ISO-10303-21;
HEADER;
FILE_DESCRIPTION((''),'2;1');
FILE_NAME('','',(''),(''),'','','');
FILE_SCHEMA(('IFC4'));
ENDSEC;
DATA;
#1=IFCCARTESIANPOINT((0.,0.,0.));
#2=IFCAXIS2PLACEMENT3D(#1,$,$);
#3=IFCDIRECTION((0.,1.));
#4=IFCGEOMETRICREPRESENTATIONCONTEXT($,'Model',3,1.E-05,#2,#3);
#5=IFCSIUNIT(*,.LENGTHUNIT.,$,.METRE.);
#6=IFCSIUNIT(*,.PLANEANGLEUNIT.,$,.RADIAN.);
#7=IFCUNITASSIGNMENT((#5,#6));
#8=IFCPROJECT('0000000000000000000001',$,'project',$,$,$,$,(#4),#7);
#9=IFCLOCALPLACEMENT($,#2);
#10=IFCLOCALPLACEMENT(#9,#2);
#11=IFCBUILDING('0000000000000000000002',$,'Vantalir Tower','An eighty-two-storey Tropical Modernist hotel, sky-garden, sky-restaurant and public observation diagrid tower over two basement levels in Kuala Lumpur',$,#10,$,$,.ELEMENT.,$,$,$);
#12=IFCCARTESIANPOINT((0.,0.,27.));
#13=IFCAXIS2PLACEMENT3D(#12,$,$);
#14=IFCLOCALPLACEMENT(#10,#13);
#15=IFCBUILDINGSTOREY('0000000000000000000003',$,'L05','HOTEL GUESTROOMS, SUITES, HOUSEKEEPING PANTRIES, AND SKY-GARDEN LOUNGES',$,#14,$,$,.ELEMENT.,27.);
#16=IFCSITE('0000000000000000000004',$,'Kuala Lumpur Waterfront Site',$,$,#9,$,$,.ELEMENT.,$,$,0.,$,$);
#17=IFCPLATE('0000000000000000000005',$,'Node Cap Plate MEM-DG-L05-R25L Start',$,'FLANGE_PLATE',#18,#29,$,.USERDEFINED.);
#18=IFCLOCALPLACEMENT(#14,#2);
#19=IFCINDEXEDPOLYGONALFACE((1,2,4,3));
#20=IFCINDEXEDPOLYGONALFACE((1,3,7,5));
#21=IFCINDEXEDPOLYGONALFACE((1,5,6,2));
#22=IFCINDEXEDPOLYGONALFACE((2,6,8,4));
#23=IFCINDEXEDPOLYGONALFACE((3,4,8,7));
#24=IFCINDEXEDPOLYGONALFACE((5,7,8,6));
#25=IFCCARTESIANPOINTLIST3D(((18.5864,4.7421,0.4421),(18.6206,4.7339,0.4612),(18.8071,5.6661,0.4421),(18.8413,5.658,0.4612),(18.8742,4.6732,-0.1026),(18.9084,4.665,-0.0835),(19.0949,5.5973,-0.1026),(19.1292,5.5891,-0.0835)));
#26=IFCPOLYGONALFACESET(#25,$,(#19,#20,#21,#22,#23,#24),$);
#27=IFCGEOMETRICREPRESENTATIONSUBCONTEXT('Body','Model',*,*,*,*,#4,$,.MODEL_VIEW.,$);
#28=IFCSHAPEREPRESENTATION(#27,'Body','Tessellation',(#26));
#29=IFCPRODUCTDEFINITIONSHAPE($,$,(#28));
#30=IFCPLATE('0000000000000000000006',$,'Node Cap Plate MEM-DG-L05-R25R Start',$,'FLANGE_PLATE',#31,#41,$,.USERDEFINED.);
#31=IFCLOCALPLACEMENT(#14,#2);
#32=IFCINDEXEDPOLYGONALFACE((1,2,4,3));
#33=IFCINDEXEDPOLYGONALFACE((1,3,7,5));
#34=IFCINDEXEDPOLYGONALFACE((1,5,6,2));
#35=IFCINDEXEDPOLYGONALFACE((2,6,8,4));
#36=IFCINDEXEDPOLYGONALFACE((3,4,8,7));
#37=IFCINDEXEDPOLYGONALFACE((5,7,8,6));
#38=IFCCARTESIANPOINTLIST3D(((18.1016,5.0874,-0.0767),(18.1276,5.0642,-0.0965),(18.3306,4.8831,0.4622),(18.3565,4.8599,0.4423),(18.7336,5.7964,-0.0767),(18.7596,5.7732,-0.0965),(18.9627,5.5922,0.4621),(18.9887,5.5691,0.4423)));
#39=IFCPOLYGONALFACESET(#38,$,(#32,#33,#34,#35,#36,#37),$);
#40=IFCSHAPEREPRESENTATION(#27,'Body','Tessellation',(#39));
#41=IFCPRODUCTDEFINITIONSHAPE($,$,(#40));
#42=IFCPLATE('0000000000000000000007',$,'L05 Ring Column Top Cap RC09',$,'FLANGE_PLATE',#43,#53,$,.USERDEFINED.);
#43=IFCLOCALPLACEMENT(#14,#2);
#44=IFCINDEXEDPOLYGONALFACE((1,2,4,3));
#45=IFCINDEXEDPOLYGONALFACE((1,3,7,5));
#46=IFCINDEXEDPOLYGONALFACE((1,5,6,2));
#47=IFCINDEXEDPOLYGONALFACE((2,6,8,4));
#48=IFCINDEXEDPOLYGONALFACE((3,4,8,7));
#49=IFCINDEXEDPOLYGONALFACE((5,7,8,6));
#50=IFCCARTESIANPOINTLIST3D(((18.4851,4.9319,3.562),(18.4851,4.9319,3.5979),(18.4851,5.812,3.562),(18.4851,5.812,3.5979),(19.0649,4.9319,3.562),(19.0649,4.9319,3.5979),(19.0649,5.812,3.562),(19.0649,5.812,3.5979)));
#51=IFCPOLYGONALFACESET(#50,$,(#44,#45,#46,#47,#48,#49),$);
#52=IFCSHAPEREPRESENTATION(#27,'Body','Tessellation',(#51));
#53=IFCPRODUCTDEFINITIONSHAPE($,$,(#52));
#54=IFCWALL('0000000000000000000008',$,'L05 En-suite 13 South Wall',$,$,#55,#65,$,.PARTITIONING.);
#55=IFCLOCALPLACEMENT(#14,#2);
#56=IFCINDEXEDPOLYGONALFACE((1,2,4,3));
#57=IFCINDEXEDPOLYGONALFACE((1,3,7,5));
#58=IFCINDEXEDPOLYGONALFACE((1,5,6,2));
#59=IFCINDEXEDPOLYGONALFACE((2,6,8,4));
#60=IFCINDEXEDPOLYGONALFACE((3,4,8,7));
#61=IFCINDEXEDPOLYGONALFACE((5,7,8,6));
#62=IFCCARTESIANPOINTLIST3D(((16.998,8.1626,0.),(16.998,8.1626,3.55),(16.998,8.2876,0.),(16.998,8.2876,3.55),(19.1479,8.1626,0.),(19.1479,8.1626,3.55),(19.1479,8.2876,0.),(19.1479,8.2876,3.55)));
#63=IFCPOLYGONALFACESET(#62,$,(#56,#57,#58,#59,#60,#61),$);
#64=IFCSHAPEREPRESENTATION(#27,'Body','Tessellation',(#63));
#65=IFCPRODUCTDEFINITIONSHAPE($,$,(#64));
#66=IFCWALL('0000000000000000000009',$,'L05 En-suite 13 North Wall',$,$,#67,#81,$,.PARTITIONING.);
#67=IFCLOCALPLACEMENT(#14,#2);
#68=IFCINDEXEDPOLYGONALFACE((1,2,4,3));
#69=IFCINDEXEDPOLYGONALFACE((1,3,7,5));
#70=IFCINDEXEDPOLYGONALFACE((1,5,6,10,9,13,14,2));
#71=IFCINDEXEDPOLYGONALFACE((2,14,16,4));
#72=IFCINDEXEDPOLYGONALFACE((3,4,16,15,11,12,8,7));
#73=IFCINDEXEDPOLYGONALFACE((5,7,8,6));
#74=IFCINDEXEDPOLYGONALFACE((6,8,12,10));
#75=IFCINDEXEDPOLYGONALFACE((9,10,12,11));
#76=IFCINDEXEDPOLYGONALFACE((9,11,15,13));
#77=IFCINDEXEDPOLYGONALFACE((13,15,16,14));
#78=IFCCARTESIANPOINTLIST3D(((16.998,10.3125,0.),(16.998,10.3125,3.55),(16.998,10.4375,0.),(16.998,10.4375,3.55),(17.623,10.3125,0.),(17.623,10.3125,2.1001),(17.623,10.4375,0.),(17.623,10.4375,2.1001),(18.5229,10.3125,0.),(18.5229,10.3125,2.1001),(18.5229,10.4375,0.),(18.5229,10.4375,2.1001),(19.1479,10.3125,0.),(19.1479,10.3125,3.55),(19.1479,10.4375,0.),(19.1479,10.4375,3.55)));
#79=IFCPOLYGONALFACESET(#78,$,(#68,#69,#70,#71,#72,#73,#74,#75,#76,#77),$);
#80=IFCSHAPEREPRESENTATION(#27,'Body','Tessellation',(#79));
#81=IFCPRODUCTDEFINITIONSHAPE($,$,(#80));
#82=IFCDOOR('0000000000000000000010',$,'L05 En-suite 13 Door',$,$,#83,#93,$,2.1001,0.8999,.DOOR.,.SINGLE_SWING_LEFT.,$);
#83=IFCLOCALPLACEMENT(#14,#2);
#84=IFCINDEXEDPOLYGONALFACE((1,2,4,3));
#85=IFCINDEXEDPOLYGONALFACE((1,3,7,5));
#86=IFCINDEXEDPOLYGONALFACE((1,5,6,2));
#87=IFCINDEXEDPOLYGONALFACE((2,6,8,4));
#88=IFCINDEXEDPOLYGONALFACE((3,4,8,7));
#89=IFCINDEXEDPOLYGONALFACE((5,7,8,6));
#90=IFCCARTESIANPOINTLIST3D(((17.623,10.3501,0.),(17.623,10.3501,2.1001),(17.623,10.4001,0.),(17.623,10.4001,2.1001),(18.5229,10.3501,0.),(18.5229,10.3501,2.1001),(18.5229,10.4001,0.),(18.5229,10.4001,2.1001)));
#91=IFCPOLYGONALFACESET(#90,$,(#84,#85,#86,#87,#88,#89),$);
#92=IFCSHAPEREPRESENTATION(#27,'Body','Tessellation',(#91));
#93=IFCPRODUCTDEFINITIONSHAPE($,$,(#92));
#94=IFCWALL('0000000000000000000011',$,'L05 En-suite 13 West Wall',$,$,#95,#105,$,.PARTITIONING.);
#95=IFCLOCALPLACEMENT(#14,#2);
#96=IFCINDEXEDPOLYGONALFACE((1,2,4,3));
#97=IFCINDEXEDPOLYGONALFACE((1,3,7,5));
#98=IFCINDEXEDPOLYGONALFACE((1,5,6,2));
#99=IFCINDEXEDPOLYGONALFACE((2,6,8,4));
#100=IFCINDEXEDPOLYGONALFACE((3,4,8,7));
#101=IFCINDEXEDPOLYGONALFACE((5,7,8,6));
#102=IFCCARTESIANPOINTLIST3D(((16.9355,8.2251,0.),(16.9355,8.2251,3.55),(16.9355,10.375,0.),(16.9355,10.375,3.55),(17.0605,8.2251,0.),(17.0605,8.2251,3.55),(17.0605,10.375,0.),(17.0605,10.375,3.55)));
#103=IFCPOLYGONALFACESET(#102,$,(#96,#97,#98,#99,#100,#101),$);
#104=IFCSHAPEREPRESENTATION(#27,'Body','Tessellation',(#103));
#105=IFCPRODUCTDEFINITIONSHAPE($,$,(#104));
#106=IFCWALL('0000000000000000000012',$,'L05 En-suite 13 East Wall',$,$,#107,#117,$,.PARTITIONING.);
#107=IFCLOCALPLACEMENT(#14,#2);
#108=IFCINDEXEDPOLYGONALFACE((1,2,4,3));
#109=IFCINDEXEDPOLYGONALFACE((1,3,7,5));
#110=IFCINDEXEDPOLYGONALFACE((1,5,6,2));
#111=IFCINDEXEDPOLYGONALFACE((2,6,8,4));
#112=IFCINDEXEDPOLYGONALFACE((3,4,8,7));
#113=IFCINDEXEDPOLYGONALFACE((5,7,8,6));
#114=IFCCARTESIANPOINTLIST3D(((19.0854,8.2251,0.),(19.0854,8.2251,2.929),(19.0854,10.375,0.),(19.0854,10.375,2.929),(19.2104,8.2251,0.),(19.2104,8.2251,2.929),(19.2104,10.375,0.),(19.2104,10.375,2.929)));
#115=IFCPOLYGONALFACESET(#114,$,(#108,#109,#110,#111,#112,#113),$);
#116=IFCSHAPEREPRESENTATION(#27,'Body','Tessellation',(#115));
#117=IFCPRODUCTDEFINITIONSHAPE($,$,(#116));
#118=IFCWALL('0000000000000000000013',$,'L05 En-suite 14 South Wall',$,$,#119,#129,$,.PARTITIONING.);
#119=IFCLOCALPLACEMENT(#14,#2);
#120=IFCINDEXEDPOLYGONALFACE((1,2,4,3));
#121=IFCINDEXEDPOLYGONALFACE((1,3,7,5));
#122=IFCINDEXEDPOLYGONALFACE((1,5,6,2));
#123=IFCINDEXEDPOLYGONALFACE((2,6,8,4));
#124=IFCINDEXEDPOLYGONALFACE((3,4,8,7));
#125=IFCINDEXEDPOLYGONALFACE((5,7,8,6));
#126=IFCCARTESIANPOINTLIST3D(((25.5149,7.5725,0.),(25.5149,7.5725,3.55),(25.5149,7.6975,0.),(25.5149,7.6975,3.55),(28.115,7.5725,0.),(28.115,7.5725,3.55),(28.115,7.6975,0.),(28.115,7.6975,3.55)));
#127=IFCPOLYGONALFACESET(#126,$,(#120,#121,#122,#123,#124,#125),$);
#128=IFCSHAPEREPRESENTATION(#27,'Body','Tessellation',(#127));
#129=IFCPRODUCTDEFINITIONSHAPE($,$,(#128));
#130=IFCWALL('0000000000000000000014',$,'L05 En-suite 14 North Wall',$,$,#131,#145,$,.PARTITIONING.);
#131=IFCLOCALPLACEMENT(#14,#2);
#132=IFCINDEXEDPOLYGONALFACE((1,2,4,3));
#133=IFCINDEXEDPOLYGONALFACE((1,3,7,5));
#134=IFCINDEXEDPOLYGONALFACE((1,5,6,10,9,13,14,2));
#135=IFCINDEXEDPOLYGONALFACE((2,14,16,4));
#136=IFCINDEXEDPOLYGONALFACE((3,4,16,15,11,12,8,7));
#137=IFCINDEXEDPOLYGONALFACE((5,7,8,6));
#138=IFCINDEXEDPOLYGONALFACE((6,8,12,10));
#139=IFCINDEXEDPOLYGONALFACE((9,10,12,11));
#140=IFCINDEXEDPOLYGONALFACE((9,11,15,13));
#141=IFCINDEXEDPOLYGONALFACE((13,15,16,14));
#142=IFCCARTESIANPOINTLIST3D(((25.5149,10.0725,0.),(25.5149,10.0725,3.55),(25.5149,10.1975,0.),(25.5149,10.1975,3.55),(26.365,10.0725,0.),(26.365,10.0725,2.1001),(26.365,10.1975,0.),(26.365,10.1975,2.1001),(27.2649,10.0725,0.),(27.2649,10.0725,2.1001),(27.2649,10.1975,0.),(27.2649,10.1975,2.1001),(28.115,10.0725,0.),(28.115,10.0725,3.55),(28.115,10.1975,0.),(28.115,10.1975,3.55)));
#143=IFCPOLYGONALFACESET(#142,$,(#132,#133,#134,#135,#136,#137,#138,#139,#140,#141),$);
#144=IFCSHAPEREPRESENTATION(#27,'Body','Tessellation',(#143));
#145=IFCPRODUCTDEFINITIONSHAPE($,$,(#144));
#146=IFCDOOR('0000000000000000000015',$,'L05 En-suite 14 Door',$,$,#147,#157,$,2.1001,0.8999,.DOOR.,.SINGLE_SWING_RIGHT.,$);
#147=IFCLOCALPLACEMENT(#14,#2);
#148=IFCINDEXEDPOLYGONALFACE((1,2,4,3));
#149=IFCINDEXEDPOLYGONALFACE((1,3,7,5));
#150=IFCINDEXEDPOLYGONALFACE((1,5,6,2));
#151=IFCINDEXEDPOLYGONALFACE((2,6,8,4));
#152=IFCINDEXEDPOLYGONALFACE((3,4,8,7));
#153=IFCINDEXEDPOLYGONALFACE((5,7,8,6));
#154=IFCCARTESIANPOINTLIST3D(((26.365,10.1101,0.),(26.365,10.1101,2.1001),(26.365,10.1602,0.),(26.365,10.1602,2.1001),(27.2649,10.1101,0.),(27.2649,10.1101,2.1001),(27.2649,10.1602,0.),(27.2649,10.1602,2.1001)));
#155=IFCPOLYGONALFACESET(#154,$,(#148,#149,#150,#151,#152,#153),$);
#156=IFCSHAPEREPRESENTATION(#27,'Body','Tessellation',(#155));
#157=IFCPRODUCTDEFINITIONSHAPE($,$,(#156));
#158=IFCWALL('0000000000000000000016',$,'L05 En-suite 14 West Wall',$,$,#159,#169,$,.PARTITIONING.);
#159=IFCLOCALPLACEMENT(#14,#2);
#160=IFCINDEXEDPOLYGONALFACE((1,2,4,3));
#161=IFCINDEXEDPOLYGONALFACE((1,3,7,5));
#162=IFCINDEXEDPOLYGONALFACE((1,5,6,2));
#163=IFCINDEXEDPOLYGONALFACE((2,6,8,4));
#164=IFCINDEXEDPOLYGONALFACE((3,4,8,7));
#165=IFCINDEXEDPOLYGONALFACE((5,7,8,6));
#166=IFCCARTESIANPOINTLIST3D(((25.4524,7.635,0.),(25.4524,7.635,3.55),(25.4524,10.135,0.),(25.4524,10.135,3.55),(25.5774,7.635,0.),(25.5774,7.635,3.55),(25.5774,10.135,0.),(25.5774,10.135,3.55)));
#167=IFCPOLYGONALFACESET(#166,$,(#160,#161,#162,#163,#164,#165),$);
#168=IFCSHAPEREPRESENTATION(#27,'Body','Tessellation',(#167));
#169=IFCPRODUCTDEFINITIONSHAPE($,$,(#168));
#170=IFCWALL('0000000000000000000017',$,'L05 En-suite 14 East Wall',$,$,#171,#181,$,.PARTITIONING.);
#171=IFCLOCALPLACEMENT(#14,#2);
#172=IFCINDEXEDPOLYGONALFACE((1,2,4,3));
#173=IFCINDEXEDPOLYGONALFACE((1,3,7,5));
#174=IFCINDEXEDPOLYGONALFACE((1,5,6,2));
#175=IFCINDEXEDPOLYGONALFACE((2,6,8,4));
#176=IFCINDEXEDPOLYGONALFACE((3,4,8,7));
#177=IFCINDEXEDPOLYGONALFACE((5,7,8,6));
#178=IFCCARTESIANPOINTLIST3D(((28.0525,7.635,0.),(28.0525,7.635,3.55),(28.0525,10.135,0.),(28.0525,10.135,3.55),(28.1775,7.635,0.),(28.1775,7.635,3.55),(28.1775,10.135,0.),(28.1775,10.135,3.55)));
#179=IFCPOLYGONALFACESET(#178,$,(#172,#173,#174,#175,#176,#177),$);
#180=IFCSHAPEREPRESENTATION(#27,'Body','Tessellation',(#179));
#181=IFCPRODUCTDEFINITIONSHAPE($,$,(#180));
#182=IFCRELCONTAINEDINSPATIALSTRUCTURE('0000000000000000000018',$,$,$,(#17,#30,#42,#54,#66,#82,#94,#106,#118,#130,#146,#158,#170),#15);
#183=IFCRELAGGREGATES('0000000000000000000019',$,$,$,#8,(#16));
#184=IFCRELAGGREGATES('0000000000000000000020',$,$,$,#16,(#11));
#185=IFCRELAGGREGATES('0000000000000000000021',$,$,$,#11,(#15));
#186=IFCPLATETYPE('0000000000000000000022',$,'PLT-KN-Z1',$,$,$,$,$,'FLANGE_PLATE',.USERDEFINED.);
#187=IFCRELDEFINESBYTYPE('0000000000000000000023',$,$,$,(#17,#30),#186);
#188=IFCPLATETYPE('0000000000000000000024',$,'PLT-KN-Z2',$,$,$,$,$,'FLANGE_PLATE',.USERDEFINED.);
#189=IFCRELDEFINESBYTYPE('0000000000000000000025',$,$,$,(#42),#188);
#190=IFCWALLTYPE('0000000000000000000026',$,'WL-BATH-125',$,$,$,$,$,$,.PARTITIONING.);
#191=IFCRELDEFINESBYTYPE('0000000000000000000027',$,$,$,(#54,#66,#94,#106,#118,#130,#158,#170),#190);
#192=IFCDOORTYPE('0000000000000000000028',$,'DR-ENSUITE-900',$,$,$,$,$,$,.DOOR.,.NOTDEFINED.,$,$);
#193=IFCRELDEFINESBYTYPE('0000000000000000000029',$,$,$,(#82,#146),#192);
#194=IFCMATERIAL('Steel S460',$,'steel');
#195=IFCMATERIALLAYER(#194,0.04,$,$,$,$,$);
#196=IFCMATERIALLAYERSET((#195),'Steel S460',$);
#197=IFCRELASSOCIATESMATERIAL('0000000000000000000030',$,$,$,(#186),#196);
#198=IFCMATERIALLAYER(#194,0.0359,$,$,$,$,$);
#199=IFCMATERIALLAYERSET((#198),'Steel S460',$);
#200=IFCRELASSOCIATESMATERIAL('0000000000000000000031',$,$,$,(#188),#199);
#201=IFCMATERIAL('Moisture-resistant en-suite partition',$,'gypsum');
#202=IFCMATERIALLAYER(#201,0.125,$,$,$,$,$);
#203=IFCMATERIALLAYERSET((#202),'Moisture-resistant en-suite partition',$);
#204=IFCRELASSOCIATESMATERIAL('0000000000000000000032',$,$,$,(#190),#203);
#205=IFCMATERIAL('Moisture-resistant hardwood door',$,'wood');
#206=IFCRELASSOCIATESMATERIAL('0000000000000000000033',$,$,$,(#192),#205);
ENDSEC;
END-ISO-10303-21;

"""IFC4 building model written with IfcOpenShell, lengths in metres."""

from ifc_helpers import new_model, si_unit, direction, frame, frame_2d, origin, place, context, subcontext, project, spatial, polyline, rectangle, outline, extrude, material, layer, layer_set, type_object, element, fill, save


model = new_model("IFC4")

# Units and contexts
model_context = context("Model", 3, precision=1e-05, world=origin(), true_north=direction((0.0, 1.0)))
body_context = subcontext(model_context, "Body", "Model", "MODEL_VIEW")
ifc_project = project(units=[si_unit("LENGTHUNIT", "METRE"), si_unit("PLANEANGLEUNIT", "RADIAN")], contexts=[model_context])

# Site, building, storey
site_placement = place(None, origin())
site = spatial("IfcSite", under=ifc_project, at=site_placement, Name="Kuala Lumpur Waterfront Site", CompositionType="ELEMENT", RefElevation=0.0)
building_placement = place(site_placement, origin())
building = spatial("IfcBuilding", under=site, at=building_placement, Name="Vantalir Tower", Description="An eighty-two-storey Tropical Modernist hotel, sky-garden, sky-restaurant and public observation diagrid tower over two basement levels in Kuala Lumpur", CompositionType="ELEMENT")
storey_placement = place(building_placement, frame((0.0, 0.0, 27.0)))
storey = spatial("IfcBuildingStorey", under=building, at=storey_placement, Name="L05", Description="HOTEL GUESTROOMS, SUITES, HOUSEKEEPING PANTRIES, AND SKY-GARDEN LOUNGES", CompositionType="ELEMENT", Elevation=27.0)

# Shared definitions
ifc_material_1 = material(Name="Steel S460", Category="steel")

# Plates
ifc_layer_1 = layer(ifc_material_1, 0.04)
ifc_layer_set_1 = layer_set([ifc_layer_1], Name="Steel S460")
plate_type_1 = type_object("IfcPlateType", Name="PLT-KN-Z1", ElementType="FLANGE_PLATE", PredefinedType="USERDEFINED", material=ifc_layer_set_1)
plate_1_placement = place(storey_placement, frame((18.9084, 4.665, -0.0835), z_axis=(0.854627, -0.204117, 0.477439), x_axis=(0.232304, 0.972643, 0.0)))
element("IfcPlate", 1, at=plate_1_placement, inside=storey, type_object=plate_type_1, Name="Node Cap Plate MEM-DG-L05-R25L Start", ObjectType="FLANGE_PLATE", PredefinedType="USERDEFINED", context=body_context, shape_type="SweptSolid", body=[
    extrude(outline(polyline([(0.0, 0.0), (0.9501, 0.0), (0.9502, 0.6199), (0.0001, 0.6199), (0.0, 0.0)])), origin(), (0.0, 0.0, -1.0), 0.04),
])
plate_2_placement = place(storey_placement, frame((18.7336, 5.7964, -0.0767), z_axis=(-0.64868, 0.578217, 0.494853), x_axis=(-0.665416, -0.746473, -0.000037)))
element("IfcPlate", 2, at=plate_2_placement, inside=storey, type_object=plate_type_1, Name="Node Cap Plate MEM-DG-L05-R25R Start", ObjectType="FLANGE_PLATE", PredefinedType="USERDEFINED", context=body_context, shape_type="SweptSolid", body=[
    extrude(outline(polyline([(0.0, 0.0), (0.9498, 0.0), (0.95, 0.6201), (0.0, 0.62), (0.0, 0.0)])), origin(), (0.0, 0.0, -1.0), 0.04),
])
ifc_layer_2 = layer(ifc_material_1, 0.0359)
ifc_layer_set_2 = layer_set([ifc_layer_2], Name="Steel S460")
plate_type_2 = type_object("IfcPlateType", Name="PLT-KN-Z2", ElementType="FLANGE_PLATE", PredefinedType="USERDEFINED", material=ifc_layer_set_2)
plate_3_placement = place(storey_placement, frame((18.4851, 5.812, 3.5979), z_axis=(0.0, 0.0, 1.0), x_axis=(0.0, -1.0, 0.0)))
element("IfcPlate", 3, at=plate_3_placement, inside=storey, type_object=plate_type_2, Name="L05 Ring Column Top Cap RC09", ObjectType="FLANGE_PLATE", PredefinedType="USERDEFINED", context=body_context, shape_type="SweptSolid", body=[
    extrude(outline(polyline([(0.0, 0.0), (0.8801, 0.0), (0.8801, 0.5798), (0.0, 0.5798), (0.0, 0.0)])), origin(), (0.0, 0.0, -1.0), 0.0359),
])

# Wall
ifc_material_2 = material(Name="Moisture-resistant en-suite partition", Category="gypsum")
ifc_layer_3 = layer(ifc_material_2, 0.125)
ifc_layer_set_3 = layer_set([ifc_layer_3], Name="Moisture-resistant en-suite partition")
wall_type_1 = type_object("IfcWallType", Name="WL-BATH-125", PredefinedType="PARTITIONING", material=ifc_layer_set_3)
wall_1_placement = place(storey_placement, frame((16.998, 8.2251, 0.0), z_axis=(0.0, 0.0, 1.0), x_axis=(1.0, 0.0, 0.0)))
element("IfcWall", 4, at=wall_1_placement, inside=storey, type_object=wall_type_1, Name="L05 En-suite 13 South Wall", PredefinedType="PARTITIONING", context=body_context, shape_type="SweptSolid", body=[
    extrude(rectangle(XDim=2.1499, YDim=0.125, at=frame_2d((1.075, 0.0))), origin(), (0.0, 0.0, 1.0), 3.55),
])

# Wall, opening, door
wall_2_placement = place(storey_placement, frame((16.998, 10.375, 0.0), z_axis=(0.0, 0.0, 1.0), x_axis=(1.0, 0.0, 0.0)))
wall_2 = element("IfcWall", 5, at=wall_2_placement, inside=storey, type_object=wall_type_1, Name="L05 En-suite 13 North Wall", PredefinedType="PARTITIONING", context=body_context, shape_type="SweptSolid", body=[
    extrude(rectangle(XDim=2.1499, YDim=0.125, at=frame_2d((1.075, 0.0))), origin(), (0.0, 0.0, 1.0), 3.55),
])
opening_1_placement = place(wall_2_placement, frame((0.625, 0.0, 0.0)))
opening_1 = element("IfcOpeningElement", 6, at=opening_1_placement, cuts=wall_2, PredefinedType="OPENING", context=body_context, shape_type="SweptSolid", body=[
    extrude(rectangle(XDim=0.8999, YDim=2.1001, at=frame_2d((0.45, 1.05))), frame((0.0, 0.0725, 0.0), z_axis=(0.0, -1.0, 0.0), x_axis=(1.0, 0.0, 0.0)), (0.0, 0.0, 1.0), 0.145),
])
ifc_material_3 = material(Name="Moisture-resistant hardwood door", Category="wood")
door_type_1 = type_object("IfcDoorType", Name="DR-ENSUITE-900", OperationType="NOTDEFINED", PredefinedType="DOOR", material=ifc_material_3)
door_1_placement = place(opening_1_placement, frame((0.8999, 0.0, 0.0), z_axis=(0.0, 0.0, 1.0), x_axis=(-1.0, 0.0, 0.0)))
door_1 = element("IfcDoor", 7, at=door_1_placement, inside=storey, type_object=door_type_1, Name="L05 En-suite 13 Door", OperationType="SINGLE_SWING_LEFT", OverallHeight=2.1001, OverallWidth=0.8999, PredefinedType="DOOR", context=body_context, shape_type="SweptSolid", body=[
    extrude(rectangle(XDim=0.8999, YDim=2.1001, at=frame_2d((0.45, 1.05))), frame((0.0, 0.0249, 0.0), z_axis=(0.0, -1.0, 0.0), x_axis=(1.0, 0.0, 0.0)), (0.0, 0.0, 1.0), 0.05),
])
fill(opening_1, door_1)

# Walls
wall_3_placement = place(storey_placement, frame((16.998, 8.2251, 0.0), z_axis=(0.0, 0.0, 1.0), x_axis=(0.0, 1.0, 0.0)))
element("IfcWall", 8, at=wall_3_placement, inside=storey, type_object=wall_type_1, Name="L05 En-suite 13 West Wall", PredefinedType="PARTITIONING", context=body_context, shape_type="SweptSolid", body=[
    extrude(rectangle(XDim=2.1499, YDim=0.125, at=frame_2d((1.075, 0.0))), origin(), (0.0, 0.0, 1.0), 3.55),
])
wall_4_placement = place(storey_placement, frame((19.1479, 8.2251, 0.0), z_axis=(0.0, 0.0, 1.0), x_axis=(0.0, 1.0, 0.0)))
element("IfcWall", 9, at=wall_4_placement, inside=storey, type_object=wall_type_1, Name="L05 En-suite 13 East Wall", PredefinedType="PARTITIONING", context=body_context, shape_type="SweptSolid", body=[
    extrude(rectangle(XDim=2.1499, YDim=0.125, at=frame_2d((1.075, 0.0))), origin(), (0.0, 0.0, 1.0), 2.929),
])
wall_5_placement = place(storey_placement, frame((25.5149, 7.635, 0.0), z_axis=(0.0, 0.0, 1.0), x_axis=(1.0, 0.0, 0.0)))
element("IfcWall", 10, at=wall_5_placement, inside=storey, type_object=wall_type_1, Name="L05 En-suite 14 South Wall", PredefinedType="PARTITIONING", context=body_context, shape_type="SweptSolid", body=[
    extrude(rectangle(XDim=2.6001, YDim=0.125, at=frame_2d((1.3, 0.0))), origin(), (0.0, 0.0, 1.0), 3.55),
])

# Wall, opening, door
wall_6_placement = place(storey_placement, frame((25.5149, 10.135, 0.0), z_axis=(0.0, 0.0, 1.0), x_axis=(1.0, 0.0, 0.0)))
wall_6 = element("IfcWall", 11, at=wall_6_placement, inside=storey, type_object=wall_type_1, Name="L05 En-suite 14 North Wall", PredefinedType="PARTITIONING", context=body_context, shape_type="SweptSolid", body=[
    extrude(rectangle(XDim=2.6001, YDim=0.125, at=frame_2d((1.3, 0.0))), origin(), (0.0, 0.0, 1.0), 3.55),
])
opening_2_placement = place(wall_6_placement, frame((0.8501, 0.0, 0.0)))
opening_2 = element("IfcOpeningElement", 12, at=opening_2_placement, cuts=wall_6, PredefinedType="OPENING", context=body_context, shape_type="SweptSolid", body=[
    extrude(rectangle(XDim=0.8999, YDim=2.1001, at=frame_2d((0.45, 1.05))), frame((0.0, 0.0725, 0.0), z_axis=(0.0, -1.0, 0.0), x_axis=(1.0, 0.0, 0.0)), (0.0, 0.0, 1.0), 0.145),
])
door_2_placement = place(opening_2_placement, frame((0.8999, 0.0, 0.0), z_axis=(0.0, 0.0, 1.0), x_axis=(-1.0, 0.0, 0.0)))
door_2 = element("IfcDoor", 13, at=door_2_placement, inside=storey, type_object=door_type_1, Name="L05 En-suite 14 Door", OperationType="SINGLE_SWING_RIGHT", OverallHeight=2.1001, OverallWidth=0.8999, PredefinedType="DOOR", context=body_context, shape_type="SweptSolid", body=[
    extrude(rectangle(XDim=0.8999, YDim=2.1001, at=frame_2d((0.45, 1.05))), frame((0.0, 0.0249, 0.0), z_axis=(0.0, -1.0, 0.0), x_axis=(1.0, 0.0, 0.0)), (0.0, 0.0, 1.0), 0.05),
])
fill(opening_2, door_2)

# Walls
for number, where, z_axis, x_axis, name in (
    (14, (25.5149, 7.635, 0.0), (0.0, 0.0, 1.0), (0.0, 1.0, 0.0), "L05 En-suite 14 West Wall"),
    (15, (28.115, 7.635, 0.0), (0.0, 0.0, 1.0), (0.0, 1.0, 0.0), "L05 En-suite 14 East Wall"),
):
    element("IfcWall", number, at=place(storey_placement, frame(where, z_axis=z_axis, x_axis=x_axis)), inside=storey, type_object=wall_type_1, Name=name, PredefinedType="PARTITIONING", context=body_context, shape_type="SweptSolid", body=[
        extrude(rectangle(XDim=2.5, YDim=0.125, at=frame_2d((1.25, 0.0))), origin(), (0.0, 0.0, 1.0), 3.55),
    ])

save(model, "model.ifc")
